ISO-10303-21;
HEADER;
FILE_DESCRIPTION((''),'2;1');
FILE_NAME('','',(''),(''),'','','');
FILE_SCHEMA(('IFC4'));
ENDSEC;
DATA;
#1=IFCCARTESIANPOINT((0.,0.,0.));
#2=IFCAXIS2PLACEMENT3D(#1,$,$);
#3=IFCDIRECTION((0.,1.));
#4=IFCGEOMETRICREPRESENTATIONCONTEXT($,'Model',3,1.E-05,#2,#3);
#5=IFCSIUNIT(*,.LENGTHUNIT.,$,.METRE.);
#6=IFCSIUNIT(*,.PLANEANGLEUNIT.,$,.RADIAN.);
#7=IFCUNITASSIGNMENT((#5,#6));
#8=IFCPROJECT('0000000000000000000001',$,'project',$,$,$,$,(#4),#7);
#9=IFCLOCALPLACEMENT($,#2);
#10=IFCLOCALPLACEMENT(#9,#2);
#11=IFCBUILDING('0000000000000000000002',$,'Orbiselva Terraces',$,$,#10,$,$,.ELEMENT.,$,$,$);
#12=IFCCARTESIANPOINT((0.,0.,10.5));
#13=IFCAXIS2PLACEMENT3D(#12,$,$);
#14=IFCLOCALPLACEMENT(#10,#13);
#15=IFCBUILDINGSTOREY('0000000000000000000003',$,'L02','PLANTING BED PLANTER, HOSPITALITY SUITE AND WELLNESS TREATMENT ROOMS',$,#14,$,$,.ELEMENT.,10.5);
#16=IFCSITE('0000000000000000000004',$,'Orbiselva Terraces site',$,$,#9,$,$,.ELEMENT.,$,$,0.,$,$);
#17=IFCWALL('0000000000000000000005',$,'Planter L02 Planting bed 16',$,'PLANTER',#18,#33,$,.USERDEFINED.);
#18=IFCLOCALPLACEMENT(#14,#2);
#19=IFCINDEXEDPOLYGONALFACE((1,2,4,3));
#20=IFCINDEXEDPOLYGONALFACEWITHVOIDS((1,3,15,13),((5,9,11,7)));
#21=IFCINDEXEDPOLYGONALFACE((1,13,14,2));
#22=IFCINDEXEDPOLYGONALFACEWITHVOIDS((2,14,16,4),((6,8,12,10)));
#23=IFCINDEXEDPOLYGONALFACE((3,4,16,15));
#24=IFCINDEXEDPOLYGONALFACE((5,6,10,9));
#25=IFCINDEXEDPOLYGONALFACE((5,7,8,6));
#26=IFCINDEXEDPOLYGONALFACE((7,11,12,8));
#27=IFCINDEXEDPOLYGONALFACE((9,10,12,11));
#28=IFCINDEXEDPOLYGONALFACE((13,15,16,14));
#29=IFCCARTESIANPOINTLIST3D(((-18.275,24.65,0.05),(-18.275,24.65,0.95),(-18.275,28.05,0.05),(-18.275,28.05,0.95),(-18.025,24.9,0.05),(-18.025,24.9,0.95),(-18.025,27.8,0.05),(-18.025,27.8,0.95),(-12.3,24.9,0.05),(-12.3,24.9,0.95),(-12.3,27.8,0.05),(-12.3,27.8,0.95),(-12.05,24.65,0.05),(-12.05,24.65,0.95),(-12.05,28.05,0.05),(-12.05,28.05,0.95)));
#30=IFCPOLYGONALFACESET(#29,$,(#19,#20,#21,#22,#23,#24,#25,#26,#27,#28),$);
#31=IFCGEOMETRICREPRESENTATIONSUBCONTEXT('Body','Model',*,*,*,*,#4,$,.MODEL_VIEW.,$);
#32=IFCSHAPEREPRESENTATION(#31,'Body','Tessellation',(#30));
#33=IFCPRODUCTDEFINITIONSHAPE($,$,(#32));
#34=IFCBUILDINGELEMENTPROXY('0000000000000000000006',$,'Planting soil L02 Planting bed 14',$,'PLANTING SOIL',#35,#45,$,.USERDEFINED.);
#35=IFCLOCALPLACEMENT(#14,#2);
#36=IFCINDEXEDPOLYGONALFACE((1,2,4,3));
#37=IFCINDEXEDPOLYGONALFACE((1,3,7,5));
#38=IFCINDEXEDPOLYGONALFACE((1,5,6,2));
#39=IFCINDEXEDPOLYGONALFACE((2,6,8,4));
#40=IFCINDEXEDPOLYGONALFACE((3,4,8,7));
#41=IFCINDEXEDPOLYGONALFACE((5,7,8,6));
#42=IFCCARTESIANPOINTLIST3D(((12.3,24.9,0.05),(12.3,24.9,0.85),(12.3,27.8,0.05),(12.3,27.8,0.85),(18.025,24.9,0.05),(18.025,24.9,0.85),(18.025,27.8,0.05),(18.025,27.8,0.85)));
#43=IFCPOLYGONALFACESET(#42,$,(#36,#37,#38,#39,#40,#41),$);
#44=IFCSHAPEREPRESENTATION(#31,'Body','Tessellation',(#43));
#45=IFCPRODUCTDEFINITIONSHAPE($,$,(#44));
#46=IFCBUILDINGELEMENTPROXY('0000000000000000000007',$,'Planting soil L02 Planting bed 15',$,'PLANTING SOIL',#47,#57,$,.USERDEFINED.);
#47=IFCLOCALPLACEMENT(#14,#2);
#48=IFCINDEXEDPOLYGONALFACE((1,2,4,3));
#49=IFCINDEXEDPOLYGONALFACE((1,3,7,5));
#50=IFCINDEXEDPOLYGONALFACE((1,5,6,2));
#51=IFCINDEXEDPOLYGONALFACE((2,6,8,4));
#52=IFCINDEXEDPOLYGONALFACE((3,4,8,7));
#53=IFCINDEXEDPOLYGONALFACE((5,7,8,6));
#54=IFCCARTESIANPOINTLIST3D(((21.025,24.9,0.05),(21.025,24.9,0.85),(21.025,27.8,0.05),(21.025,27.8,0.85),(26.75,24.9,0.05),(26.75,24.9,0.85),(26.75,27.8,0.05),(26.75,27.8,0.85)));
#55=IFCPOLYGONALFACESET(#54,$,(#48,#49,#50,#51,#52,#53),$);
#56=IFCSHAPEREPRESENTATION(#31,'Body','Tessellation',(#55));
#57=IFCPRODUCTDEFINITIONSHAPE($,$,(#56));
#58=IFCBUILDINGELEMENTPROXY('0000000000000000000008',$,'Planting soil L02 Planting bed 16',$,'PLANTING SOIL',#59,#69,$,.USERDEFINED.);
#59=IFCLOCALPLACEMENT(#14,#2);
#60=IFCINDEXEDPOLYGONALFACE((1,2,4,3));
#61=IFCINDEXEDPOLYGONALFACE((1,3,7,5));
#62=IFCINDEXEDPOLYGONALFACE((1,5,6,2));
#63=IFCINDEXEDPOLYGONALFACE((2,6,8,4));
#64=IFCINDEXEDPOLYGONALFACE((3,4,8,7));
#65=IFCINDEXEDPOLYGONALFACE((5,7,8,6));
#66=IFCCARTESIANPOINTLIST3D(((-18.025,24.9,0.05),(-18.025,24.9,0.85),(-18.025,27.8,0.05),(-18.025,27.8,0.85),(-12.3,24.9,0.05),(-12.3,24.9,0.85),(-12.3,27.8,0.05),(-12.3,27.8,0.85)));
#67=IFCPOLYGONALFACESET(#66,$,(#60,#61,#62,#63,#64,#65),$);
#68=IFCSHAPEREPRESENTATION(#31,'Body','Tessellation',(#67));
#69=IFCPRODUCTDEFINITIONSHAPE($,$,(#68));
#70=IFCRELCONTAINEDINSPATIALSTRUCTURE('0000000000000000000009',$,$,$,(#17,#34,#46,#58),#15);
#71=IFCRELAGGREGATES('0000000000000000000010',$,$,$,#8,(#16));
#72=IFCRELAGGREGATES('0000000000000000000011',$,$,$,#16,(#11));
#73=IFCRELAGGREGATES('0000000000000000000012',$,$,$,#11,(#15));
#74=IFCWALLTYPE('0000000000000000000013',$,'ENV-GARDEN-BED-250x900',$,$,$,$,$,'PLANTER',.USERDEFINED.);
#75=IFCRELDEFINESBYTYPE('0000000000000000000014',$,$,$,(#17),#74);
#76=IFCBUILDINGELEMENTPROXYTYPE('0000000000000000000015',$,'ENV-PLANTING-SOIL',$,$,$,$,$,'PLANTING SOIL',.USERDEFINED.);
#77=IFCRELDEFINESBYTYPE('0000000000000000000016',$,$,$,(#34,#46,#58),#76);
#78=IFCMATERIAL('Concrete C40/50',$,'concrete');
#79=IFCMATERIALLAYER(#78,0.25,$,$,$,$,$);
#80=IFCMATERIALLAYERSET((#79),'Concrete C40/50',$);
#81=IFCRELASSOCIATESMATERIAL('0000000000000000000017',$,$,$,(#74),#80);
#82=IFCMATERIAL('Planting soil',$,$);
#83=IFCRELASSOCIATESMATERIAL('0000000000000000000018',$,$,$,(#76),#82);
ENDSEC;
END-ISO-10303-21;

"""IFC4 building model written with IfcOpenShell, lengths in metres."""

from ifc_helpers import new_model, si_unit, direction, frame, origin, place, context, subcontext, project, spatial, polyline, outline, extrude, material, layer, layer_set, type_object, element, save


model = new_model("IFC4")

# Units and contexts
model_context = context("Model", 3, precision=1e-05, world=origin(), true_north=direction((0.0, 1.0)))
body_context = subcontext(model_context, "Body", "Model", "MODEL_VIEW")
ifc_project = project(units=[si_unit("LENGTHUNIT", "METRE"), si_unit("PLANEANGLEUNIT", "RADIAN")], contexts=[model_context])

# Site, building, storey
site_placement = place(None, origin())
site = spatial("IfcSite", under=ifc_project, at=site_placement, Name="Orbiselva Terraces site", CompositionType="ELEMENT", RefElevation=0.0)
building_placement = place(site_placement, origin())
building = spatial("IfcBuilding", under=site, at=building_placement, Name="Orbiselva Terraces", CompositionType="ELEMENT")
storey_placement = place(building_placement, frame((0.0, 0.0, 10.5)))
storey = spatial("IfcBuildingStorey", under=building, at=storey_placement, Name="L02", Description="PLANTING BED PLANTER, HOSPITALITY SUITE AND WELLNESS TREATMENT ROOMS", CompositionType="ELEMENT", Elevation=10.5)

# Shared definitions
ifc_material_1 = material(Name="Concrete C40/50", Category="concrete")

# Wall
ifc_layer_1 = layer(ifc_material_1, 0.25)
ifc_layer_set_1 = layer_set([ifc_layer_1], Name="Concrete C40/50")
wall_type_1 = type_object("IfcWallType", Name="ENV-GARDEN-BED-250x900", ElementType="PLANTER", PredefinedType="USERDEFINED", material=ifc_layer_set_1)
wall_1_placement = place(storey_placement, frame((0.0, 0.0, 0.05)))
element("IfcWall", 1, at=wall_1_placement, inside=storey, type_object=wall_type_1, Name="Planter L02 Planting bed 16", ObjectType="PLANTER", PredefinedType="USERDEFINED", context=body_context, shape_type="SweptSolid", body=[
    extrude(outline(polyline([(-18.275, 24.65), (-12.05, 24.65), (-12.05, 28.05), (-18.275, 28.05), (-18.275, 24.65)]), holes=[polyline([(-18.025, 27.8), (-12.3, 27.8), (-12.3, 24.9), (-18.025, 24.9), (-18.025, 27.8)])]), origin(), (0.0, 0.0, 1.0), 0.9),
])

# Building element proxies
ifc_material_2 = material(Name="Planting soil")
building_element_proxy_type = type_object("IfcBuildingElementProxyType", Name="ENV-PLANTING-SOIL", ElementType="PLANTING SOIL", PredefinedType="USERDEFINED", material=ifc_material_2)
proxy_1_placement = place(storey_placement, frame((0.0, 0.0, 0.05)))
element("IfcBuildingElementProxy", 2, at=proxy_1_placement, inside=storey, type_object=building_element_proxy_type, Name="Planting soil L02 Planting bed 14", ObjectType="PLANTING SOIL", PredefinedType="USERDEFINED", context=body_context, shape_type="SweptSolid", body=[
    extrude(outline(polyline([(12.3, 24.9), (12.3, 27.8), (18.025, 27.8), (18.025, 24.9), (12.3, 24.9)])), origin(), (0.0, 0.0, 1.0), 0.8),
])
proxy_2_placement = place(storey_placement, frame((0.0, 0.0, 0.05)))
element("IfcBuildingElementProxy", 3, at=proxy_2_placement, inside=storey, type_object=building_element_proxy_type, Name="Planting soil L02 Planting bed 15", ObjectType="PLANTING SOIL", PredefinedType="USERDEFINED", context=body_context, shape_type="SweptSolid", body=[
    extrude(outline(polyline([(21.025, 24.9), (21.025, 27.8), (26.75, 27.8), (26.75, 24.9), (21.025, 24.9)])), origin(), (0.0, 0.0, 1.0), 0.8),
])
proxy_3_placement = place(storey_placement, frame((0.0, 0.0, 0.05)))
element("IfcBuildingElementProxy", 4, at=proxy_3_placement, inside=storey, type_object=building_element_proxy_type, Name="Planting soil L02 Planting bed 16", ObjectType="PLANTING SOIL", PredefinedType="USERDEFINED", context=body_context, shape_type="SweptSolid", body=[
    extrude(outline(polyline([(-18.025, 24.9), (-18.025, 27.8), (-12.3, 27.8), (-12.3, 24.9), (-18.025, 24.9)])), origin(), (0.0, 0.0, 1.0), 0.8),
])

save(model, "model.ifc")
